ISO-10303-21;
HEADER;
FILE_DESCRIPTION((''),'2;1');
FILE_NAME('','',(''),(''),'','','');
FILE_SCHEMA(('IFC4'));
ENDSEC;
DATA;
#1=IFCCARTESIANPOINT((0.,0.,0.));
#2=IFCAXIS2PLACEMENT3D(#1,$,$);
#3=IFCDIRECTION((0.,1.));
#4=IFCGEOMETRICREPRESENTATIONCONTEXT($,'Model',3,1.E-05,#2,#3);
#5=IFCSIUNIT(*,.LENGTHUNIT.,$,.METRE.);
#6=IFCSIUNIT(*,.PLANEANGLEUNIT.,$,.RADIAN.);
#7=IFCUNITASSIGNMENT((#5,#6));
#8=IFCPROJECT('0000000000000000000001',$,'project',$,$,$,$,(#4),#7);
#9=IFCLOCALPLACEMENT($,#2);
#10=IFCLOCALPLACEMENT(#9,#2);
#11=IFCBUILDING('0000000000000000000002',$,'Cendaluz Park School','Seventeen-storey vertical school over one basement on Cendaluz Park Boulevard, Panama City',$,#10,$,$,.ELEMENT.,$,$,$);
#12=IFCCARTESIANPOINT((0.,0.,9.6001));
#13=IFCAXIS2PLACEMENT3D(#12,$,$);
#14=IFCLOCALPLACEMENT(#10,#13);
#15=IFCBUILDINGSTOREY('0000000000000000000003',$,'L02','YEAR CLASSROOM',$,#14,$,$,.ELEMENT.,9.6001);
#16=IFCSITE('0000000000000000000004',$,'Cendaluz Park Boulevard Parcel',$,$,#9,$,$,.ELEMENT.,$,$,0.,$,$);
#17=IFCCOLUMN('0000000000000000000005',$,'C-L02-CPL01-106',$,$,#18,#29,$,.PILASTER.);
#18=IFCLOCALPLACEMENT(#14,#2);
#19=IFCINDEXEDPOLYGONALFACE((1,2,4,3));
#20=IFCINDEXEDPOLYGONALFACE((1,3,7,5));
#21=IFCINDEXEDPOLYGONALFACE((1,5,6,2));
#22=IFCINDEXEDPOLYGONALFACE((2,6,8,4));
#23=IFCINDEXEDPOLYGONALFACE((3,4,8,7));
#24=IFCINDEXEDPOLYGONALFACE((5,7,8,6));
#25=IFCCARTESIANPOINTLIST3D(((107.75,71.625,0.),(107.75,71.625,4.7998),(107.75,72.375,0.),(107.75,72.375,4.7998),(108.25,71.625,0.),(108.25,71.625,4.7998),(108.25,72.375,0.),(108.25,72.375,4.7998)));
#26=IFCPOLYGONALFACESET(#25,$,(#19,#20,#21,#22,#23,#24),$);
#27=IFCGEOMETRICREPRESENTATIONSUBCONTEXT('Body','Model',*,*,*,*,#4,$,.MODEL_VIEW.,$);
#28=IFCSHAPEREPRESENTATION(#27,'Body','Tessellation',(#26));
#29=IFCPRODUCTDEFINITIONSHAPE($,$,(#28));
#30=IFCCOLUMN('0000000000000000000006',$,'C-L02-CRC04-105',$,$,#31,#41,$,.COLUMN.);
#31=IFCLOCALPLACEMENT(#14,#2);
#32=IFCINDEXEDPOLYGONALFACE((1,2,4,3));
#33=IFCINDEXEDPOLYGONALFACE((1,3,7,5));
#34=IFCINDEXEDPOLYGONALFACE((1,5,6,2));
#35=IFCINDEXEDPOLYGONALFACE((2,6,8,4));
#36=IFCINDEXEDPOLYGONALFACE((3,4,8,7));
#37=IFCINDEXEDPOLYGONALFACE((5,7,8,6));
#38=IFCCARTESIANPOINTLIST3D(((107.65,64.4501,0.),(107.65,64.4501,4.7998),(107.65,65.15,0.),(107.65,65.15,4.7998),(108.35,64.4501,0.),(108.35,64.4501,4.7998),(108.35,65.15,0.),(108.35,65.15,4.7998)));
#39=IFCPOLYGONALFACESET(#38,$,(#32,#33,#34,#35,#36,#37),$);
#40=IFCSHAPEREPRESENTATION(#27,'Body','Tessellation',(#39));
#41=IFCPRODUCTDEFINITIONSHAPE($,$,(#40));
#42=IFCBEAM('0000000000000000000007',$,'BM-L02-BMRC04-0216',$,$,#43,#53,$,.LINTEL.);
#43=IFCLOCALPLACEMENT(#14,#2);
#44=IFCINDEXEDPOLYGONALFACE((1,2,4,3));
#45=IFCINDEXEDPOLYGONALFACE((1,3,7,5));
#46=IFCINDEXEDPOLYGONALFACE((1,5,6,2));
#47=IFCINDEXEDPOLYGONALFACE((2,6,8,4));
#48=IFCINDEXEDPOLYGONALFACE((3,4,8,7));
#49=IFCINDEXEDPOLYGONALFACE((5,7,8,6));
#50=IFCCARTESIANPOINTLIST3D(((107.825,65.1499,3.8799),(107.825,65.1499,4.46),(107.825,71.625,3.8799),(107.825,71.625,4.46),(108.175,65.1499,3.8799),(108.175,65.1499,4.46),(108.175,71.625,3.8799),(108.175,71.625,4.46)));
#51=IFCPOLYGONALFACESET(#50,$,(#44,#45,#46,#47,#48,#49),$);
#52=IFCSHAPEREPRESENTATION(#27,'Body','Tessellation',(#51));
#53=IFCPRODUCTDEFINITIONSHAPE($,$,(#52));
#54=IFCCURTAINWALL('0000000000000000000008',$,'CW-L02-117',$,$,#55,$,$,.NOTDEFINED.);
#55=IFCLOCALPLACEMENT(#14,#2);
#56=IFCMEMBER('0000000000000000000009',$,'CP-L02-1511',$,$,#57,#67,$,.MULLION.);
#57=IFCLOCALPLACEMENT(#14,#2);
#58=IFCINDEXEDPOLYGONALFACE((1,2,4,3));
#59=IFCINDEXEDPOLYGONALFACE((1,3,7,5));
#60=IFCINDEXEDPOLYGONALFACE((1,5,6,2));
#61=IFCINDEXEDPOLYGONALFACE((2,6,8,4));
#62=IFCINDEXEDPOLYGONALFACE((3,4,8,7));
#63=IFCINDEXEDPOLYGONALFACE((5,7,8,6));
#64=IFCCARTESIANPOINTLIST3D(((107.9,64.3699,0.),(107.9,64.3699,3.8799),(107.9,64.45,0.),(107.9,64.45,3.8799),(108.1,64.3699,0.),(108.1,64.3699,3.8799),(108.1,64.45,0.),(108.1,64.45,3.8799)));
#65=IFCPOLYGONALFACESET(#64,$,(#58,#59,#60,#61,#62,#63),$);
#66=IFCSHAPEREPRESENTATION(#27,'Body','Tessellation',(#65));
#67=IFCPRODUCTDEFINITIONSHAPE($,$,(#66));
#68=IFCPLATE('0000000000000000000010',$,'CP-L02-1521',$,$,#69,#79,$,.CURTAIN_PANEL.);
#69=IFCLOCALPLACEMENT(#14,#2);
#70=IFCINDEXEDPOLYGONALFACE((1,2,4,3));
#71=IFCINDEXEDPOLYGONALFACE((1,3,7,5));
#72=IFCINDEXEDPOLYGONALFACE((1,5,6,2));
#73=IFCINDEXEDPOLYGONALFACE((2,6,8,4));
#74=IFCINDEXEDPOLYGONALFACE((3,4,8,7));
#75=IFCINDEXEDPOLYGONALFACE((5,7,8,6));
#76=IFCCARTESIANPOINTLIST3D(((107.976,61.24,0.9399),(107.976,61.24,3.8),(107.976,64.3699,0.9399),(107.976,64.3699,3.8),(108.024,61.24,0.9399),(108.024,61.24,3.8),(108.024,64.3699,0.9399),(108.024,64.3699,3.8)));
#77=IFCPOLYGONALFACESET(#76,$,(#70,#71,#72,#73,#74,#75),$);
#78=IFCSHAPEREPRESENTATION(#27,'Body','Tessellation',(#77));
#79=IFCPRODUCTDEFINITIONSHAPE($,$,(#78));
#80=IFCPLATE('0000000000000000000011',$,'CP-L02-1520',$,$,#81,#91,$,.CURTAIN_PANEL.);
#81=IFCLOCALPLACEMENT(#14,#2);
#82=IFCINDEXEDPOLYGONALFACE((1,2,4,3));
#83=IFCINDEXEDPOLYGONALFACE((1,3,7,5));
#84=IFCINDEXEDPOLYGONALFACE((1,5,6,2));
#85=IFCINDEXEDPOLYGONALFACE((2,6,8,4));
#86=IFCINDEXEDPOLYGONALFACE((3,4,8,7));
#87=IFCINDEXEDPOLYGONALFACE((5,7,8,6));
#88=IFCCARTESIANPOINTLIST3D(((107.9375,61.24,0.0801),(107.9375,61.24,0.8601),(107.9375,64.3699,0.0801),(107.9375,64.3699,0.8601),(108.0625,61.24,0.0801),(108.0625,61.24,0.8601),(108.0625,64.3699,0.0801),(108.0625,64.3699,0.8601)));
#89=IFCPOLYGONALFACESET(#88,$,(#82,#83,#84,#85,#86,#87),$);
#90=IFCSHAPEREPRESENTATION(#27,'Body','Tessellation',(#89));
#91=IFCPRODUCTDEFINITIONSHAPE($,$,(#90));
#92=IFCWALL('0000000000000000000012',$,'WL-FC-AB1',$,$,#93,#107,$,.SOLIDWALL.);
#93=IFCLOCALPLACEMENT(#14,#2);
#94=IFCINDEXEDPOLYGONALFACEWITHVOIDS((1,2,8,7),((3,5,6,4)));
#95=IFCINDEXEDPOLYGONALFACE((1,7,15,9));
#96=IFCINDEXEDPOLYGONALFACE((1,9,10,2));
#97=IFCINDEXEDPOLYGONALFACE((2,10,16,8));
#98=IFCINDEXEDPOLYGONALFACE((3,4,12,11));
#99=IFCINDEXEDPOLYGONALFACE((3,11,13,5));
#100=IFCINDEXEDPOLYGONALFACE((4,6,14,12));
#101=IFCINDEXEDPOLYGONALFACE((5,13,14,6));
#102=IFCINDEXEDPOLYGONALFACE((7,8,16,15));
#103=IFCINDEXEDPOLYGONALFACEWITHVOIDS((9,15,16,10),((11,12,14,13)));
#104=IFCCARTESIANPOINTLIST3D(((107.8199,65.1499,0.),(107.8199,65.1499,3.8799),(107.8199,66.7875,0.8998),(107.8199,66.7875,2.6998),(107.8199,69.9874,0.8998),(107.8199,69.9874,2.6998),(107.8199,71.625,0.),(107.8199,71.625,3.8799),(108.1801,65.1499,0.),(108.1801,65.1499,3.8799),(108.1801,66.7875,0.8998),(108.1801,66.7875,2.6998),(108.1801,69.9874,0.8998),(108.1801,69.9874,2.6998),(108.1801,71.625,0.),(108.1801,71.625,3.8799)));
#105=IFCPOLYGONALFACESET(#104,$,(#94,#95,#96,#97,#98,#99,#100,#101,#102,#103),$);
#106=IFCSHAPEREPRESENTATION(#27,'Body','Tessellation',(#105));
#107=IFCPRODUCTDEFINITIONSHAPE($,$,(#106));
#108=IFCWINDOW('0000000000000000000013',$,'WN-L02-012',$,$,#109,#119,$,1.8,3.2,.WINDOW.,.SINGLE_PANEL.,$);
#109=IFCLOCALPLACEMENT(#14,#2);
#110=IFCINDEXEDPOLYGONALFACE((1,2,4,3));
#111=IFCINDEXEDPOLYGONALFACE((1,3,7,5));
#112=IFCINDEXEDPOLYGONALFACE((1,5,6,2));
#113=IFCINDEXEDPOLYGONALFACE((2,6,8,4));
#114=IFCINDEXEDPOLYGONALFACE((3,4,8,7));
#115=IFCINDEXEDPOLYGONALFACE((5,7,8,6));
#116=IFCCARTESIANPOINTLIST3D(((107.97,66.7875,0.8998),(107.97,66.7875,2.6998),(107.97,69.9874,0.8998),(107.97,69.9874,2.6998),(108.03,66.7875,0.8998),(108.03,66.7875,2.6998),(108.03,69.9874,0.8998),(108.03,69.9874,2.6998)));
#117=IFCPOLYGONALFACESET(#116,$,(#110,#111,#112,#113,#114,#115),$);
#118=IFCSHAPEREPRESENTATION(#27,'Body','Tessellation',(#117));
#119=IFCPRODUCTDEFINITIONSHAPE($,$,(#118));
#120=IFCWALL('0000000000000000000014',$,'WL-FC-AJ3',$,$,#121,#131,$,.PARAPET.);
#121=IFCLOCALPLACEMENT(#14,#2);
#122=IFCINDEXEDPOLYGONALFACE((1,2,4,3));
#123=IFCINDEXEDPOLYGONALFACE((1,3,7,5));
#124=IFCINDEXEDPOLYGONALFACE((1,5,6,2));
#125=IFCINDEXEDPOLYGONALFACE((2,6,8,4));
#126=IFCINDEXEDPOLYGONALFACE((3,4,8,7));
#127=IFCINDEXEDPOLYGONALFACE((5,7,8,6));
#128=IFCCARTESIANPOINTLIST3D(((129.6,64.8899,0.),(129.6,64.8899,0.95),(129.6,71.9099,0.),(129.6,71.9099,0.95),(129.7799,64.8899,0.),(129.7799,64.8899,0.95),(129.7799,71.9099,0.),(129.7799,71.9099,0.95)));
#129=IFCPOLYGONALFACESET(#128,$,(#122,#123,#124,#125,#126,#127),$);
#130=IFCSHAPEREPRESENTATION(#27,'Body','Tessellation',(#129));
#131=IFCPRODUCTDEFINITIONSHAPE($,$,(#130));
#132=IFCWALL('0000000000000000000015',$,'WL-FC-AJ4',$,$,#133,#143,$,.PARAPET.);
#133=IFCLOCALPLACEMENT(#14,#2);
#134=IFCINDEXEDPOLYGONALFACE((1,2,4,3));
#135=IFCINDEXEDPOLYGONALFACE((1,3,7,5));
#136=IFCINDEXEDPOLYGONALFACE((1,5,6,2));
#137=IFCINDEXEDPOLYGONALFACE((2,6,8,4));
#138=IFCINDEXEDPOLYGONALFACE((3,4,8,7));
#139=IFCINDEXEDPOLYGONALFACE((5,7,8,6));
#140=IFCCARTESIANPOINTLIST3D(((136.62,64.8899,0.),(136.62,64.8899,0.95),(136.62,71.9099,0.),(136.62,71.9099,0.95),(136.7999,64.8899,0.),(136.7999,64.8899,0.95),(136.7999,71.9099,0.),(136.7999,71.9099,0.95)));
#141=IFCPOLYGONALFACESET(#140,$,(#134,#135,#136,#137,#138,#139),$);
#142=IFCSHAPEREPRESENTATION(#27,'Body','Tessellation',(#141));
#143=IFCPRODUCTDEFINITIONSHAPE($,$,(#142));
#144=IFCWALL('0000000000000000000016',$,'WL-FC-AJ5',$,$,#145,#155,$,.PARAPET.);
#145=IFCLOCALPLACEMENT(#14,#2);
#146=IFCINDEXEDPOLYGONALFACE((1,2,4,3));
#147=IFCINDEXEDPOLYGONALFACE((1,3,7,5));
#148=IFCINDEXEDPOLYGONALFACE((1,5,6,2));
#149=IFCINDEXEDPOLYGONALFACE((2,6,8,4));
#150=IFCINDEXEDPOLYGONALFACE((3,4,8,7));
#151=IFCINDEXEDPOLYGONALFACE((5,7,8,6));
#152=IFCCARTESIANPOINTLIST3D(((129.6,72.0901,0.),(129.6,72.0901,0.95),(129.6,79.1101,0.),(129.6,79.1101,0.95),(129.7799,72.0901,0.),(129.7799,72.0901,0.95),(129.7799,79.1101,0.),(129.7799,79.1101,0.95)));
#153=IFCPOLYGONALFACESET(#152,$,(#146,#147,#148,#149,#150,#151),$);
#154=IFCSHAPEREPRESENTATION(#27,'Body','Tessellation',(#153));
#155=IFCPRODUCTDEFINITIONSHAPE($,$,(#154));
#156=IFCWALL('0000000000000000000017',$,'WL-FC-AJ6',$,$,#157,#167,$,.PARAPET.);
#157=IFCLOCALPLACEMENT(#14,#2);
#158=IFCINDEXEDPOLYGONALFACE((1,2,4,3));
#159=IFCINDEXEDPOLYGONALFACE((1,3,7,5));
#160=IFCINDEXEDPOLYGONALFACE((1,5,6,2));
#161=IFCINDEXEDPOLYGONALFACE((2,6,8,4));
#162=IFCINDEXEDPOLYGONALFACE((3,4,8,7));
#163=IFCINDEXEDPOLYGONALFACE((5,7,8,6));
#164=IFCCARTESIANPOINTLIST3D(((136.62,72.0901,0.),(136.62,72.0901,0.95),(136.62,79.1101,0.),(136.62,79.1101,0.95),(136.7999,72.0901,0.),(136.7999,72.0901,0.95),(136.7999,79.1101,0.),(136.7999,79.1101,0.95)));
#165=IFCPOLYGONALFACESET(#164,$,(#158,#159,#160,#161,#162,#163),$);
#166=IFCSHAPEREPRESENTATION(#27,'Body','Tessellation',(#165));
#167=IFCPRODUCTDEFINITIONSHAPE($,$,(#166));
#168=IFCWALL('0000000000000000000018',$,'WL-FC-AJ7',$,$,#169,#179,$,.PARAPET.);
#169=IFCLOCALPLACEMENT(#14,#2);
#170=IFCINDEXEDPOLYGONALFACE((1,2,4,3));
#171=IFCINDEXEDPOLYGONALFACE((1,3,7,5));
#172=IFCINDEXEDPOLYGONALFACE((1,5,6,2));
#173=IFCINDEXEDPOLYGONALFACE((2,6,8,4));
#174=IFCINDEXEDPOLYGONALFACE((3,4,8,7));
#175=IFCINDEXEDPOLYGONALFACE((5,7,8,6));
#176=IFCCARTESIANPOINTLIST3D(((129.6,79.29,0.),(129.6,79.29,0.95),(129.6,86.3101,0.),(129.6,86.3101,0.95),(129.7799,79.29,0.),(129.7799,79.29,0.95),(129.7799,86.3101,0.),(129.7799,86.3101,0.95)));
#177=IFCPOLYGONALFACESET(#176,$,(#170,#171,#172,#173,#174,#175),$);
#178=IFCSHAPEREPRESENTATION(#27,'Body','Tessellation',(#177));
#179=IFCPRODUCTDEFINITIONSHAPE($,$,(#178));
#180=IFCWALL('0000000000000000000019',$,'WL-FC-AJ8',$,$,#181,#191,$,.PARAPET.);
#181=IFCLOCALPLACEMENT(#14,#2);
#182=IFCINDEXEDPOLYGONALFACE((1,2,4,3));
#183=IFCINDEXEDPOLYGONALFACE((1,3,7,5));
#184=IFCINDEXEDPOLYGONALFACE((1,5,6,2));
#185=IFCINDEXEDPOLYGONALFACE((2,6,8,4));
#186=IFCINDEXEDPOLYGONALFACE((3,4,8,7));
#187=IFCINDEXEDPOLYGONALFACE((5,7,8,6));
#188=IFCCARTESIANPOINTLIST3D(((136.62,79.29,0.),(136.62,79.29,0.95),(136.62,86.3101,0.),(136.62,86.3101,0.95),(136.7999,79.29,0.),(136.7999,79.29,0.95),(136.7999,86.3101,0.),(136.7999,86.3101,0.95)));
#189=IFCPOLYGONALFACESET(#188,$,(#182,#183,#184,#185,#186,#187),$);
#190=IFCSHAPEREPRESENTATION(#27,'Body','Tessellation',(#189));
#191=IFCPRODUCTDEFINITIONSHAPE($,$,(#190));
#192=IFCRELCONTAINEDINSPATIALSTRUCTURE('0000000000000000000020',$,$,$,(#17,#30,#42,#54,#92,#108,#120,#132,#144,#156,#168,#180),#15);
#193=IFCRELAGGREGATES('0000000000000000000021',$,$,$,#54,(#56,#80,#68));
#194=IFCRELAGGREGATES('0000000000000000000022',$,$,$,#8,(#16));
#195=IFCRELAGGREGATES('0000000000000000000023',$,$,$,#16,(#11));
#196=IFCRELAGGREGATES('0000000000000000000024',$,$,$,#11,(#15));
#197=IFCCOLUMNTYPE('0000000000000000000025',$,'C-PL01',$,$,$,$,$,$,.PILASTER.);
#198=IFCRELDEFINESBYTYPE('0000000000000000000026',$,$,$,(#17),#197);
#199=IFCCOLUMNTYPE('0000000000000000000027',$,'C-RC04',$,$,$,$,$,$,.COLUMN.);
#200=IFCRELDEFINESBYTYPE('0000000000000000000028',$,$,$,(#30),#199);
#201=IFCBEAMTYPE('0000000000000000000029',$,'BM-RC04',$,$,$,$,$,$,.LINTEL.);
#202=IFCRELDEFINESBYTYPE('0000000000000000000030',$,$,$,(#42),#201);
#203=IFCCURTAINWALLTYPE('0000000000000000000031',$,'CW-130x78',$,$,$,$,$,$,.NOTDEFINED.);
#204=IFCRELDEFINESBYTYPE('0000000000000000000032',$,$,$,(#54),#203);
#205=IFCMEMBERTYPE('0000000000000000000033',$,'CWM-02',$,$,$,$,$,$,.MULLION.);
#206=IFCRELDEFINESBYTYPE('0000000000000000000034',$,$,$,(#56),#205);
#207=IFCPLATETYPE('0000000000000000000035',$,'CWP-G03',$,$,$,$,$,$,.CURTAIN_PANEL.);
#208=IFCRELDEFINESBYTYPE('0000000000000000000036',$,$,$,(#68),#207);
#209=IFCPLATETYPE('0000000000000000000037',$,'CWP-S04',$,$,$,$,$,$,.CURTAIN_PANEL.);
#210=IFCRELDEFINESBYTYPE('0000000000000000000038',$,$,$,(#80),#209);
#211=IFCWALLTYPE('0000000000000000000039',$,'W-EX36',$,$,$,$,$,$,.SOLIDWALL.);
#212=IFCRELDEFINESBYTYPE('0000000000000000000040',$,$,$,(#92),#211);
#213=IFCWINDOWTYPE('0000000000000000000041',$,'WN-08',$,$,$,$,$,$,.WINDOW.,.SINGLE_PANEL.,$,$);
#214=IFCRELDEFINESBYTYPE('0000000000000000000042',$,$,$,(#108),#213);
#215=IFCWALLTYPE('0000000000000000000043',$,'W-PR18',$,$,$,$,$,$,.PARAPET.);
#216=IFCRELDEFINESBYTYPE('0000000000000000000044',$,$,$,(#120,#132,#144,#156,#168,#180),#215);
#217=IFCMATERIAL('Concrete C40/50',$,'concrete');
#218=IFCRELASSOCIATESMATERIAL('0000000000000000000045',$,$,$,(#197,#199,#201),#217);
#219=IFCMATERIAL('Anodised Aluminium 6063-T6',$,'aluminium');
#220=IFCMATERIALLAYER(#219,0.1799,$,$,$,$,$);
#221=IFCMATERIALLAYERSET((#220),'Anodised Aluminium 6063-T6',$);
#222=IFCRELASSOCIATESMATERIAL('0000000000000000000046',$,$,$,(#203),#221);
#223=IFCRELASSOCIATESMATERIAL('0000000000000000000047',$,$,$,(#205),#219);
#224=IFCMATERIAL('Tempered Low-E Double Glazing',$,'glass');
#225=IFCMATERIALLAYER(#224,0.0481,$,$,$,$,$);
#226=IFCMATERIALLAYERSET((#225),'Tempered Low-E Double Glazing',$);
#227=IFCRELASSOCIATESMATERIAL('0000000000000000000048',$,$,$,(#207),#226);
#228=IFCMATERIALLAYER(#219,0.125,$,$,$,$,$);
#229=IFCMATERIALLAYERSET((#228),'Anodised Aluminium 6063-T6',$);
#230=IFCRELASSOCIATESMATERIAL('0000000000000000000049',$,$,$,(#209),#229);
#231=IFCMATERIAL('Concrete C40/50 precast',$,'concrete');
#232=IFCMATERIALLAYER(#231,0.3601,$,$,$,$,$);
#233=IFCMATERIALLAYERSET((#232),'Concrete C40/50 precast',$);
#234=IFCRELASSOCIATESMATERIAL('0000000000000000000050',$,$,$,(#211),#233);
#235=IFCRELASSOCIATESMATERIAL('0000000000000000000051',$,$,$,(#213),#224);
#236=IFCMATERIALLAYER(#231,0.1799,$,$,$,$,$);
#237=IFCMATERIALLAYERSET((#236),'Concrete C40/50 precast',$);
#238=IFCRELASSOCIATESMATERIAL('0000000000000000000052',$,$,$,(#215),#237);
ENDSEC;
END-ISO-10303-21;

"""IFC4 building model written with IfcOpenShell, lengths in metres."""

from ifc_helpers import new_model, si_unit, direction, frame, frame_2d, origin, origin_2d, place, context, subcontext, project, spatial, rectangle, extrude, material, layer, layer_set, material_profile, profile_set, type_object, element, fill, aggregate, save


model = new_model("IFC4")

# Units and contexts
model_context = context("Model", 3, precision=1e-05, world=origin(), true_north=direction((0.0, 1.0)))
body_context = subcontext(model_context, "Body", "Model", "MODEL_VIEW")
ifc_project = project(units=[si_unit("LENGTHUNIT", "METRE"), si_unit("PLANEANGLEUNIT", "RADIAN")], contexts=[model_context])

# Site, building, storey
site_placement = place(None, origin())
site = spatial("IfcSite", under=ifc_project, at=site_placement, Name="Cendaluz Park Boulevard Parcel", CompositionType="ELEMENT", RefElevation=0.0)
building_placement = place(site_placement, origin())
building = spatial("IfcBuilding", under=site, at=building_placement, Name="Cendaluz Park School", Description="Seventeen-storey vertical school over one basement on Cendaluz Park Boulevard, Panama City", CompositionType="ELEMENT")
storey_placement = place(building_placement, frame((0.0, 0.0, 9.6001)))
storey = spatial("IfcBuildingStorey", under=building, at=storey_placement, Name="L02", Description="YEAR CLASSROOM", CompositionType="ELEMENT", Elevation=9.6001)

# Columns
ifc_material_1 = material(Name="Concrete C40/50", Category="concrete")
ifc_material_profile_1 = material_profile(ifc_material_1, rectangle(XDim=0.5, YDim=0.75, at=origin_2d()), Name="RC 500x750", Category="concrete")
ifc_profile_set_1 = profile_set([ifc_material_profile_1], Name="Concrete C40/50")
column_type_1 = type_object("IfcColumnType", Name="C-PL01", PredefinedType="PILASTER", material=ifc_profile_set_1)
column_1_placement = place(storey_placement, frame((108.0, 72.0, 0.0), z_axis=(0.0, 0.0, 1.0), x_axis=(1.0, 0.0, 0.0)))
element("IfcColumn", 1, at=column_1_placement, inside=storey, type_object=column_type_1, Name="C-L02-CPL01-106", PredefinedType="PILASTER", context=body_context, shape_type="SweptSolid", body=[
    extrude(rectangle(XDim=0.5, YDim=0.75, at=origin_2d()), origin(), (0.0, 0.0, 1.0), 4.7998),
])
ifc_material_profile_2 = material_profile(ifc_material_1, rectangle(XDim=0.7, YDim=0.7, at=origin_2d()), Name="RC 700x700", Category="concrete")
ifc_profile_set_2 = profile_set([ifc_material_profile_2], Name="Concrete C40/50")
column_type_2 = type_object("IfcColumnType", Name="C-RC04", PredefinedType="COLUMN", material=ifc_profile_set_2)
column_2_placement = place(storey_placement, frame((108.0, 64.8, 0.0), z_axis=(0.0, 0.0, 1.0), x_axis=(1.0, 0.0, 0.0)))
element("IfcColumn", 2, at=column_2_placement, inside=storey, type_object=column_type_2, Name="C-L02-CRC04-105", PredefinedType="COLUMN", context=body_context, shape_type="SweptSolid", body=[
    extrude(rectangle(XDim=0.7, YDim=0.7, at=origin_2d()), origin(), (0.0, 0.0, 1.0), 4.7998),
])

# Beam
ifc_material_profile_3 = material_profile(ifc_material_1, rectangle(XDim=0.3501, YDim=0.5801, at=origin_2d()), Name="RC 350x580", Category="concrete")
ifc_profile_set_3 = profile_set([ifc_material_profile_3], Name="Concrete C40/50")
beam_type = type_object("IfcBeamType", Name="BM-RC04", PredefinedType="LINTEL", material=ifc_profile_set_3)
beam_placement = place(storey_placement, frame((108.0, 65.1499, 4.1699), z_axis=(0.0, 1.0, 0.0), x_axis=(-1.0, 0.0, 0.0)))
element("IfcBeam", 3, at=beam_placement, inside=storey, type_object=beam_type, Name="BM-L02-BMRC04-0216", PredefinedType="LINTEL", context=body_context, shape_type="SweptSolid", body=[
    extrude(rectangle(XDim=0.3501, YDim=0.5801, at=origin_2d()), origin(), (0.0, 0.0, 1.0), 6.4751),
])

# Curtain wall, member, plates
ifc_material_2 = material(Name="Anodised Aluminium 6063-T6", Category="aluminium")
ifc_layer_1 = layer(ifc_material_2, 0.1799)
ifc_layer_set_1 = layer_set([ifc_layer_1], Name="Anodised Aluminium 6063-T6")
curtain_wall_type = type_object("IfcCurtainWallType", Name="CW-130x78", PredefinedType="NOTDEFINED", material=ifc_layer_set_1)
curtain_wall_placement = place(storey_placement, origin())
curtain_wall = element("IfcCurtainWall", 4, at=curtain_wall_placement, inside=storey, type_object=curtain_wall_type, Name="CW-L02-117", PredefinedType="NOTDEFINED")
ifc_material_profile_4 = material_profile(ifc_material_2, rectangle(XDim=0.2, YDim=0.0801, at=origin_2d()), Name="CWM 200x80", Category="aluminium")
ifc_profile_set_4 = profile_set([ifc_material_profile_4], Name="Anodised Aluminium 6063-T6")
member_type = type_object("IfcMemberType", Name="CWM-02", PredefinedType="MULLION", material=ifc_profile_set_4)
member_placement = place(storey_placement, frame((108.0, 64.4099, 0.0), z_axis=(0.0, 0.0, 1.0), x_axis=(-1.0, 0.0, 0.0)))
member = element("IfcMember", 5, at=member_placement, type_object=member_type, Name="CP-L02-1511", PredefinedType="MULLION", context=body_context, shape_type="SweptSolid", body=[
    extrude(rectangle(XDim=0.2, YDim=0.0801, at=origin_2d()), origin(), (0.0, 0.0, 1.0), 3.8799),
])
ifc_material_3 = material(Name="Tempered Low-E Double Glazing", Category="glass")
ifc_layer_2 = layer(ifc_material_3, 0.0481)
ifc_layer_set_2 = layer_set([ifc_layer_2], Name="Tempered Low-E Double Glazing")
plate_type_1 = type_object("IfcPlateType", Name="CWP-G03", PredefinedType="CURTAIN_PANEL", material=ifc_layer_set_2)
plate_1_placement = place(storey_placement, frame((108.0, 62.8049, 0.9399), z_axis=(0.0, 0.0, 1.0), x_axis=(0.0, 1.0, 0.0)))
plate_1 = element("IfcPlate", 6, at=plate_1_placement, type_object=plate_type_1, Name="CP-L02-1521", PredefinedType="CURTAIN_PANEL", context=body_context, shape_type="SweptSolid", body=[
    extrude(rectangle(XDim=3.1299, YDim=0.0481, at=origin_2d()), origin(), (0.0, 0.0, 1.0), 2.8601),
])
ifc_layer_3 = layer(ifc_material_2, 0.125)
ifc_layer_set_3 = layer_set([ifc_layer_3], Name="Anodised Aluminium 6063-T6")
plate_type_2 = type_object("IfcPlateType", Name="CWP-S04", PredefinedType="CURTAIN_PANEL", material=ifc_layer_set_3)
plate_2_placement = place(storey_placement, frame((108.0, 62.8049, 0.0801), z_axis=(0.0, 0.0, 1.0), x_axis=(0.0, 1.0, 0.0)))
plate_2 = element("IfcPlate", 7, at=plate_2_placement, type_object=plate_type_2, Name="CP-L02-1520", PredefinedType="CURTAIN_PANEL", context=body_context, shape_type="SweptSolid", body=[
    extrude(rectangle(XDim=3.1299, YDim=0.125, at=origin_2d()), origin(), (0.0, 0.0, 1.0), 0.78),
])
aggregate(curtain_wall, [member, plate_2, plate_1])

# Wall, opening, window
ifc_material_4 = material(Name="Concrete C40/50 precast", Category="concrete")
ifc_layer_4 = layer(ifc_material_4, 0.3601)
ifc_layer_set_4 = layer_set([ifc_layer_4], Name="Concrete C40/50 precast")
wall_type_1 = type_object("IfcWallType", Name="W-EX36", PredefinedType="SOLIDWALL", material=ifc_layer_set_4)
wall_placement = place(storey_placement, frame((108.0, 65.1499, 0.0), z_axis=(0.0, 0.0, 1.0), x_axis=(0.0, 1.0, 0.0)))
wall = element("IfcWall", 8, at=wall_placement, inside=storey, type_object=wall_type_1, Name="WL-FC-AB1", PredefinedType="SOLIDWALL", context=body_context, shape_type="SweptSolid", body=[
    extrude(rectangle(XDim=6.4751, YDim=0.3601, at=frame_2d((3.2375, 0.0))), origin(), (0.0, 0.0, 1.0), 3.8799),
])
opening_placement = place(wall_placement, frame((1.6375, 0.0, 0.8999)))
opening = element("IfcOpeningElement", 9, at=opening_placement, cuts=wall, PredefinedType="OPENING", context=body_context, shape_type="SweptSolid", body=[
    extrude(rectangle(XDim=3.2, YDim=1.8, at=frame_2d((1.6001, 0.8999))), frame((0.0, 0.1921, 0.0), z_axis=(0.0, -1.0, 0.0), x_axis=(1.0, 0.0, 0.0)), (0.0, 0.0, 1.0), 0.384),
])
window_type = type_object("IfcWindowType", Name="WN-08", PartitioningType="SINGLE_PANEL", PredefinedType="WINDOW", material=ifc_material_3)
window_placement = place(opening_placement, origin())
window = element("IfcWindow", 10, at=window_placement, inside=storey, type_object=window_type, Name="WN-L02-012", OverallHeight=1.8, OverallWidth=3.2, PartitioningType="SINGLE_PANEL", PredefinedType="WINDOW", context=body_context, shape_type="SweptSolid", body=[
    extrude(rectangle(XDim=3.2, YDim=1.8, at=frame_2d((1.6001, 0.8999))), frame((0.0, 0.03, 0.0), z_axis=(0.0, -1.0, 0.0), x_axis=(1.0, 0.0, 0.0)), (0.0, 0.0, 1.0), 0.0601),
])
fill(opening, window)

# Walls
ifc_layer_5 = layer(ifc_material_4, 0.1799)
ifc_layer_set_5 = layer_set([ifc_layer_5], Name="Concrete C40/50 precast")
wall_type_2 = type_object("IfcWallType", Name="W-PR18", PredefinedType="PARAPET", material=ifc_layer_set_5)
for number, where, z_axis, x_axis, name in (
    (11, (129.6899, 64.8899, 0.0), (0.0, 0.0, 1.0), (0.0, 1.0, 0.0), "WL-FC-AJ3"),
    (12, (136.71, 64.8899, 0.0), (0.0, 0.0, 1.0), (0.0, 1.0, 0.0), "WL-FC-AJ4"),
    (13, (129.6899, 72.0901, 0.0), (0.0, 0.0, 1.0), (0.0, 1.0, 0.0), "WL-FC-AJ5"),
    (14, (136.71, 72.0901, 0.0), (0.0, 0.0, 1.0), (0.0, 1.0, 0.0), "WL-FC-AJ6"),
    (15, (129.6899, 79.29, 0.0), (0.0, 0.0, 1.0), (0.0, 1.0, 0.0), "WL-FC-AJ7"),
    (16, (136.71, 79.29, 0.0), (0.0, 0.0, 1.0), (0.0, 1.0, 0.0), "WL-FC-AJ8"),
):
    element("IfcWall", number, at=place(storey_placement, frame(where, z_axis=z_axis, x_axis=x_axis)), inside=storey, type_object=wall_type_2, Name=name, PredefinedType="PARAPET", context=body_context, shape_type="SweptSolid", body=[
        extrude(rectangle(XDim=7.02, YDim=0.1799, at=frame_2d((3.51, 0.0))), origin(), (0.0, 0.0, 1.0), 0.95),
    ])

save(model, "model.ifc")
